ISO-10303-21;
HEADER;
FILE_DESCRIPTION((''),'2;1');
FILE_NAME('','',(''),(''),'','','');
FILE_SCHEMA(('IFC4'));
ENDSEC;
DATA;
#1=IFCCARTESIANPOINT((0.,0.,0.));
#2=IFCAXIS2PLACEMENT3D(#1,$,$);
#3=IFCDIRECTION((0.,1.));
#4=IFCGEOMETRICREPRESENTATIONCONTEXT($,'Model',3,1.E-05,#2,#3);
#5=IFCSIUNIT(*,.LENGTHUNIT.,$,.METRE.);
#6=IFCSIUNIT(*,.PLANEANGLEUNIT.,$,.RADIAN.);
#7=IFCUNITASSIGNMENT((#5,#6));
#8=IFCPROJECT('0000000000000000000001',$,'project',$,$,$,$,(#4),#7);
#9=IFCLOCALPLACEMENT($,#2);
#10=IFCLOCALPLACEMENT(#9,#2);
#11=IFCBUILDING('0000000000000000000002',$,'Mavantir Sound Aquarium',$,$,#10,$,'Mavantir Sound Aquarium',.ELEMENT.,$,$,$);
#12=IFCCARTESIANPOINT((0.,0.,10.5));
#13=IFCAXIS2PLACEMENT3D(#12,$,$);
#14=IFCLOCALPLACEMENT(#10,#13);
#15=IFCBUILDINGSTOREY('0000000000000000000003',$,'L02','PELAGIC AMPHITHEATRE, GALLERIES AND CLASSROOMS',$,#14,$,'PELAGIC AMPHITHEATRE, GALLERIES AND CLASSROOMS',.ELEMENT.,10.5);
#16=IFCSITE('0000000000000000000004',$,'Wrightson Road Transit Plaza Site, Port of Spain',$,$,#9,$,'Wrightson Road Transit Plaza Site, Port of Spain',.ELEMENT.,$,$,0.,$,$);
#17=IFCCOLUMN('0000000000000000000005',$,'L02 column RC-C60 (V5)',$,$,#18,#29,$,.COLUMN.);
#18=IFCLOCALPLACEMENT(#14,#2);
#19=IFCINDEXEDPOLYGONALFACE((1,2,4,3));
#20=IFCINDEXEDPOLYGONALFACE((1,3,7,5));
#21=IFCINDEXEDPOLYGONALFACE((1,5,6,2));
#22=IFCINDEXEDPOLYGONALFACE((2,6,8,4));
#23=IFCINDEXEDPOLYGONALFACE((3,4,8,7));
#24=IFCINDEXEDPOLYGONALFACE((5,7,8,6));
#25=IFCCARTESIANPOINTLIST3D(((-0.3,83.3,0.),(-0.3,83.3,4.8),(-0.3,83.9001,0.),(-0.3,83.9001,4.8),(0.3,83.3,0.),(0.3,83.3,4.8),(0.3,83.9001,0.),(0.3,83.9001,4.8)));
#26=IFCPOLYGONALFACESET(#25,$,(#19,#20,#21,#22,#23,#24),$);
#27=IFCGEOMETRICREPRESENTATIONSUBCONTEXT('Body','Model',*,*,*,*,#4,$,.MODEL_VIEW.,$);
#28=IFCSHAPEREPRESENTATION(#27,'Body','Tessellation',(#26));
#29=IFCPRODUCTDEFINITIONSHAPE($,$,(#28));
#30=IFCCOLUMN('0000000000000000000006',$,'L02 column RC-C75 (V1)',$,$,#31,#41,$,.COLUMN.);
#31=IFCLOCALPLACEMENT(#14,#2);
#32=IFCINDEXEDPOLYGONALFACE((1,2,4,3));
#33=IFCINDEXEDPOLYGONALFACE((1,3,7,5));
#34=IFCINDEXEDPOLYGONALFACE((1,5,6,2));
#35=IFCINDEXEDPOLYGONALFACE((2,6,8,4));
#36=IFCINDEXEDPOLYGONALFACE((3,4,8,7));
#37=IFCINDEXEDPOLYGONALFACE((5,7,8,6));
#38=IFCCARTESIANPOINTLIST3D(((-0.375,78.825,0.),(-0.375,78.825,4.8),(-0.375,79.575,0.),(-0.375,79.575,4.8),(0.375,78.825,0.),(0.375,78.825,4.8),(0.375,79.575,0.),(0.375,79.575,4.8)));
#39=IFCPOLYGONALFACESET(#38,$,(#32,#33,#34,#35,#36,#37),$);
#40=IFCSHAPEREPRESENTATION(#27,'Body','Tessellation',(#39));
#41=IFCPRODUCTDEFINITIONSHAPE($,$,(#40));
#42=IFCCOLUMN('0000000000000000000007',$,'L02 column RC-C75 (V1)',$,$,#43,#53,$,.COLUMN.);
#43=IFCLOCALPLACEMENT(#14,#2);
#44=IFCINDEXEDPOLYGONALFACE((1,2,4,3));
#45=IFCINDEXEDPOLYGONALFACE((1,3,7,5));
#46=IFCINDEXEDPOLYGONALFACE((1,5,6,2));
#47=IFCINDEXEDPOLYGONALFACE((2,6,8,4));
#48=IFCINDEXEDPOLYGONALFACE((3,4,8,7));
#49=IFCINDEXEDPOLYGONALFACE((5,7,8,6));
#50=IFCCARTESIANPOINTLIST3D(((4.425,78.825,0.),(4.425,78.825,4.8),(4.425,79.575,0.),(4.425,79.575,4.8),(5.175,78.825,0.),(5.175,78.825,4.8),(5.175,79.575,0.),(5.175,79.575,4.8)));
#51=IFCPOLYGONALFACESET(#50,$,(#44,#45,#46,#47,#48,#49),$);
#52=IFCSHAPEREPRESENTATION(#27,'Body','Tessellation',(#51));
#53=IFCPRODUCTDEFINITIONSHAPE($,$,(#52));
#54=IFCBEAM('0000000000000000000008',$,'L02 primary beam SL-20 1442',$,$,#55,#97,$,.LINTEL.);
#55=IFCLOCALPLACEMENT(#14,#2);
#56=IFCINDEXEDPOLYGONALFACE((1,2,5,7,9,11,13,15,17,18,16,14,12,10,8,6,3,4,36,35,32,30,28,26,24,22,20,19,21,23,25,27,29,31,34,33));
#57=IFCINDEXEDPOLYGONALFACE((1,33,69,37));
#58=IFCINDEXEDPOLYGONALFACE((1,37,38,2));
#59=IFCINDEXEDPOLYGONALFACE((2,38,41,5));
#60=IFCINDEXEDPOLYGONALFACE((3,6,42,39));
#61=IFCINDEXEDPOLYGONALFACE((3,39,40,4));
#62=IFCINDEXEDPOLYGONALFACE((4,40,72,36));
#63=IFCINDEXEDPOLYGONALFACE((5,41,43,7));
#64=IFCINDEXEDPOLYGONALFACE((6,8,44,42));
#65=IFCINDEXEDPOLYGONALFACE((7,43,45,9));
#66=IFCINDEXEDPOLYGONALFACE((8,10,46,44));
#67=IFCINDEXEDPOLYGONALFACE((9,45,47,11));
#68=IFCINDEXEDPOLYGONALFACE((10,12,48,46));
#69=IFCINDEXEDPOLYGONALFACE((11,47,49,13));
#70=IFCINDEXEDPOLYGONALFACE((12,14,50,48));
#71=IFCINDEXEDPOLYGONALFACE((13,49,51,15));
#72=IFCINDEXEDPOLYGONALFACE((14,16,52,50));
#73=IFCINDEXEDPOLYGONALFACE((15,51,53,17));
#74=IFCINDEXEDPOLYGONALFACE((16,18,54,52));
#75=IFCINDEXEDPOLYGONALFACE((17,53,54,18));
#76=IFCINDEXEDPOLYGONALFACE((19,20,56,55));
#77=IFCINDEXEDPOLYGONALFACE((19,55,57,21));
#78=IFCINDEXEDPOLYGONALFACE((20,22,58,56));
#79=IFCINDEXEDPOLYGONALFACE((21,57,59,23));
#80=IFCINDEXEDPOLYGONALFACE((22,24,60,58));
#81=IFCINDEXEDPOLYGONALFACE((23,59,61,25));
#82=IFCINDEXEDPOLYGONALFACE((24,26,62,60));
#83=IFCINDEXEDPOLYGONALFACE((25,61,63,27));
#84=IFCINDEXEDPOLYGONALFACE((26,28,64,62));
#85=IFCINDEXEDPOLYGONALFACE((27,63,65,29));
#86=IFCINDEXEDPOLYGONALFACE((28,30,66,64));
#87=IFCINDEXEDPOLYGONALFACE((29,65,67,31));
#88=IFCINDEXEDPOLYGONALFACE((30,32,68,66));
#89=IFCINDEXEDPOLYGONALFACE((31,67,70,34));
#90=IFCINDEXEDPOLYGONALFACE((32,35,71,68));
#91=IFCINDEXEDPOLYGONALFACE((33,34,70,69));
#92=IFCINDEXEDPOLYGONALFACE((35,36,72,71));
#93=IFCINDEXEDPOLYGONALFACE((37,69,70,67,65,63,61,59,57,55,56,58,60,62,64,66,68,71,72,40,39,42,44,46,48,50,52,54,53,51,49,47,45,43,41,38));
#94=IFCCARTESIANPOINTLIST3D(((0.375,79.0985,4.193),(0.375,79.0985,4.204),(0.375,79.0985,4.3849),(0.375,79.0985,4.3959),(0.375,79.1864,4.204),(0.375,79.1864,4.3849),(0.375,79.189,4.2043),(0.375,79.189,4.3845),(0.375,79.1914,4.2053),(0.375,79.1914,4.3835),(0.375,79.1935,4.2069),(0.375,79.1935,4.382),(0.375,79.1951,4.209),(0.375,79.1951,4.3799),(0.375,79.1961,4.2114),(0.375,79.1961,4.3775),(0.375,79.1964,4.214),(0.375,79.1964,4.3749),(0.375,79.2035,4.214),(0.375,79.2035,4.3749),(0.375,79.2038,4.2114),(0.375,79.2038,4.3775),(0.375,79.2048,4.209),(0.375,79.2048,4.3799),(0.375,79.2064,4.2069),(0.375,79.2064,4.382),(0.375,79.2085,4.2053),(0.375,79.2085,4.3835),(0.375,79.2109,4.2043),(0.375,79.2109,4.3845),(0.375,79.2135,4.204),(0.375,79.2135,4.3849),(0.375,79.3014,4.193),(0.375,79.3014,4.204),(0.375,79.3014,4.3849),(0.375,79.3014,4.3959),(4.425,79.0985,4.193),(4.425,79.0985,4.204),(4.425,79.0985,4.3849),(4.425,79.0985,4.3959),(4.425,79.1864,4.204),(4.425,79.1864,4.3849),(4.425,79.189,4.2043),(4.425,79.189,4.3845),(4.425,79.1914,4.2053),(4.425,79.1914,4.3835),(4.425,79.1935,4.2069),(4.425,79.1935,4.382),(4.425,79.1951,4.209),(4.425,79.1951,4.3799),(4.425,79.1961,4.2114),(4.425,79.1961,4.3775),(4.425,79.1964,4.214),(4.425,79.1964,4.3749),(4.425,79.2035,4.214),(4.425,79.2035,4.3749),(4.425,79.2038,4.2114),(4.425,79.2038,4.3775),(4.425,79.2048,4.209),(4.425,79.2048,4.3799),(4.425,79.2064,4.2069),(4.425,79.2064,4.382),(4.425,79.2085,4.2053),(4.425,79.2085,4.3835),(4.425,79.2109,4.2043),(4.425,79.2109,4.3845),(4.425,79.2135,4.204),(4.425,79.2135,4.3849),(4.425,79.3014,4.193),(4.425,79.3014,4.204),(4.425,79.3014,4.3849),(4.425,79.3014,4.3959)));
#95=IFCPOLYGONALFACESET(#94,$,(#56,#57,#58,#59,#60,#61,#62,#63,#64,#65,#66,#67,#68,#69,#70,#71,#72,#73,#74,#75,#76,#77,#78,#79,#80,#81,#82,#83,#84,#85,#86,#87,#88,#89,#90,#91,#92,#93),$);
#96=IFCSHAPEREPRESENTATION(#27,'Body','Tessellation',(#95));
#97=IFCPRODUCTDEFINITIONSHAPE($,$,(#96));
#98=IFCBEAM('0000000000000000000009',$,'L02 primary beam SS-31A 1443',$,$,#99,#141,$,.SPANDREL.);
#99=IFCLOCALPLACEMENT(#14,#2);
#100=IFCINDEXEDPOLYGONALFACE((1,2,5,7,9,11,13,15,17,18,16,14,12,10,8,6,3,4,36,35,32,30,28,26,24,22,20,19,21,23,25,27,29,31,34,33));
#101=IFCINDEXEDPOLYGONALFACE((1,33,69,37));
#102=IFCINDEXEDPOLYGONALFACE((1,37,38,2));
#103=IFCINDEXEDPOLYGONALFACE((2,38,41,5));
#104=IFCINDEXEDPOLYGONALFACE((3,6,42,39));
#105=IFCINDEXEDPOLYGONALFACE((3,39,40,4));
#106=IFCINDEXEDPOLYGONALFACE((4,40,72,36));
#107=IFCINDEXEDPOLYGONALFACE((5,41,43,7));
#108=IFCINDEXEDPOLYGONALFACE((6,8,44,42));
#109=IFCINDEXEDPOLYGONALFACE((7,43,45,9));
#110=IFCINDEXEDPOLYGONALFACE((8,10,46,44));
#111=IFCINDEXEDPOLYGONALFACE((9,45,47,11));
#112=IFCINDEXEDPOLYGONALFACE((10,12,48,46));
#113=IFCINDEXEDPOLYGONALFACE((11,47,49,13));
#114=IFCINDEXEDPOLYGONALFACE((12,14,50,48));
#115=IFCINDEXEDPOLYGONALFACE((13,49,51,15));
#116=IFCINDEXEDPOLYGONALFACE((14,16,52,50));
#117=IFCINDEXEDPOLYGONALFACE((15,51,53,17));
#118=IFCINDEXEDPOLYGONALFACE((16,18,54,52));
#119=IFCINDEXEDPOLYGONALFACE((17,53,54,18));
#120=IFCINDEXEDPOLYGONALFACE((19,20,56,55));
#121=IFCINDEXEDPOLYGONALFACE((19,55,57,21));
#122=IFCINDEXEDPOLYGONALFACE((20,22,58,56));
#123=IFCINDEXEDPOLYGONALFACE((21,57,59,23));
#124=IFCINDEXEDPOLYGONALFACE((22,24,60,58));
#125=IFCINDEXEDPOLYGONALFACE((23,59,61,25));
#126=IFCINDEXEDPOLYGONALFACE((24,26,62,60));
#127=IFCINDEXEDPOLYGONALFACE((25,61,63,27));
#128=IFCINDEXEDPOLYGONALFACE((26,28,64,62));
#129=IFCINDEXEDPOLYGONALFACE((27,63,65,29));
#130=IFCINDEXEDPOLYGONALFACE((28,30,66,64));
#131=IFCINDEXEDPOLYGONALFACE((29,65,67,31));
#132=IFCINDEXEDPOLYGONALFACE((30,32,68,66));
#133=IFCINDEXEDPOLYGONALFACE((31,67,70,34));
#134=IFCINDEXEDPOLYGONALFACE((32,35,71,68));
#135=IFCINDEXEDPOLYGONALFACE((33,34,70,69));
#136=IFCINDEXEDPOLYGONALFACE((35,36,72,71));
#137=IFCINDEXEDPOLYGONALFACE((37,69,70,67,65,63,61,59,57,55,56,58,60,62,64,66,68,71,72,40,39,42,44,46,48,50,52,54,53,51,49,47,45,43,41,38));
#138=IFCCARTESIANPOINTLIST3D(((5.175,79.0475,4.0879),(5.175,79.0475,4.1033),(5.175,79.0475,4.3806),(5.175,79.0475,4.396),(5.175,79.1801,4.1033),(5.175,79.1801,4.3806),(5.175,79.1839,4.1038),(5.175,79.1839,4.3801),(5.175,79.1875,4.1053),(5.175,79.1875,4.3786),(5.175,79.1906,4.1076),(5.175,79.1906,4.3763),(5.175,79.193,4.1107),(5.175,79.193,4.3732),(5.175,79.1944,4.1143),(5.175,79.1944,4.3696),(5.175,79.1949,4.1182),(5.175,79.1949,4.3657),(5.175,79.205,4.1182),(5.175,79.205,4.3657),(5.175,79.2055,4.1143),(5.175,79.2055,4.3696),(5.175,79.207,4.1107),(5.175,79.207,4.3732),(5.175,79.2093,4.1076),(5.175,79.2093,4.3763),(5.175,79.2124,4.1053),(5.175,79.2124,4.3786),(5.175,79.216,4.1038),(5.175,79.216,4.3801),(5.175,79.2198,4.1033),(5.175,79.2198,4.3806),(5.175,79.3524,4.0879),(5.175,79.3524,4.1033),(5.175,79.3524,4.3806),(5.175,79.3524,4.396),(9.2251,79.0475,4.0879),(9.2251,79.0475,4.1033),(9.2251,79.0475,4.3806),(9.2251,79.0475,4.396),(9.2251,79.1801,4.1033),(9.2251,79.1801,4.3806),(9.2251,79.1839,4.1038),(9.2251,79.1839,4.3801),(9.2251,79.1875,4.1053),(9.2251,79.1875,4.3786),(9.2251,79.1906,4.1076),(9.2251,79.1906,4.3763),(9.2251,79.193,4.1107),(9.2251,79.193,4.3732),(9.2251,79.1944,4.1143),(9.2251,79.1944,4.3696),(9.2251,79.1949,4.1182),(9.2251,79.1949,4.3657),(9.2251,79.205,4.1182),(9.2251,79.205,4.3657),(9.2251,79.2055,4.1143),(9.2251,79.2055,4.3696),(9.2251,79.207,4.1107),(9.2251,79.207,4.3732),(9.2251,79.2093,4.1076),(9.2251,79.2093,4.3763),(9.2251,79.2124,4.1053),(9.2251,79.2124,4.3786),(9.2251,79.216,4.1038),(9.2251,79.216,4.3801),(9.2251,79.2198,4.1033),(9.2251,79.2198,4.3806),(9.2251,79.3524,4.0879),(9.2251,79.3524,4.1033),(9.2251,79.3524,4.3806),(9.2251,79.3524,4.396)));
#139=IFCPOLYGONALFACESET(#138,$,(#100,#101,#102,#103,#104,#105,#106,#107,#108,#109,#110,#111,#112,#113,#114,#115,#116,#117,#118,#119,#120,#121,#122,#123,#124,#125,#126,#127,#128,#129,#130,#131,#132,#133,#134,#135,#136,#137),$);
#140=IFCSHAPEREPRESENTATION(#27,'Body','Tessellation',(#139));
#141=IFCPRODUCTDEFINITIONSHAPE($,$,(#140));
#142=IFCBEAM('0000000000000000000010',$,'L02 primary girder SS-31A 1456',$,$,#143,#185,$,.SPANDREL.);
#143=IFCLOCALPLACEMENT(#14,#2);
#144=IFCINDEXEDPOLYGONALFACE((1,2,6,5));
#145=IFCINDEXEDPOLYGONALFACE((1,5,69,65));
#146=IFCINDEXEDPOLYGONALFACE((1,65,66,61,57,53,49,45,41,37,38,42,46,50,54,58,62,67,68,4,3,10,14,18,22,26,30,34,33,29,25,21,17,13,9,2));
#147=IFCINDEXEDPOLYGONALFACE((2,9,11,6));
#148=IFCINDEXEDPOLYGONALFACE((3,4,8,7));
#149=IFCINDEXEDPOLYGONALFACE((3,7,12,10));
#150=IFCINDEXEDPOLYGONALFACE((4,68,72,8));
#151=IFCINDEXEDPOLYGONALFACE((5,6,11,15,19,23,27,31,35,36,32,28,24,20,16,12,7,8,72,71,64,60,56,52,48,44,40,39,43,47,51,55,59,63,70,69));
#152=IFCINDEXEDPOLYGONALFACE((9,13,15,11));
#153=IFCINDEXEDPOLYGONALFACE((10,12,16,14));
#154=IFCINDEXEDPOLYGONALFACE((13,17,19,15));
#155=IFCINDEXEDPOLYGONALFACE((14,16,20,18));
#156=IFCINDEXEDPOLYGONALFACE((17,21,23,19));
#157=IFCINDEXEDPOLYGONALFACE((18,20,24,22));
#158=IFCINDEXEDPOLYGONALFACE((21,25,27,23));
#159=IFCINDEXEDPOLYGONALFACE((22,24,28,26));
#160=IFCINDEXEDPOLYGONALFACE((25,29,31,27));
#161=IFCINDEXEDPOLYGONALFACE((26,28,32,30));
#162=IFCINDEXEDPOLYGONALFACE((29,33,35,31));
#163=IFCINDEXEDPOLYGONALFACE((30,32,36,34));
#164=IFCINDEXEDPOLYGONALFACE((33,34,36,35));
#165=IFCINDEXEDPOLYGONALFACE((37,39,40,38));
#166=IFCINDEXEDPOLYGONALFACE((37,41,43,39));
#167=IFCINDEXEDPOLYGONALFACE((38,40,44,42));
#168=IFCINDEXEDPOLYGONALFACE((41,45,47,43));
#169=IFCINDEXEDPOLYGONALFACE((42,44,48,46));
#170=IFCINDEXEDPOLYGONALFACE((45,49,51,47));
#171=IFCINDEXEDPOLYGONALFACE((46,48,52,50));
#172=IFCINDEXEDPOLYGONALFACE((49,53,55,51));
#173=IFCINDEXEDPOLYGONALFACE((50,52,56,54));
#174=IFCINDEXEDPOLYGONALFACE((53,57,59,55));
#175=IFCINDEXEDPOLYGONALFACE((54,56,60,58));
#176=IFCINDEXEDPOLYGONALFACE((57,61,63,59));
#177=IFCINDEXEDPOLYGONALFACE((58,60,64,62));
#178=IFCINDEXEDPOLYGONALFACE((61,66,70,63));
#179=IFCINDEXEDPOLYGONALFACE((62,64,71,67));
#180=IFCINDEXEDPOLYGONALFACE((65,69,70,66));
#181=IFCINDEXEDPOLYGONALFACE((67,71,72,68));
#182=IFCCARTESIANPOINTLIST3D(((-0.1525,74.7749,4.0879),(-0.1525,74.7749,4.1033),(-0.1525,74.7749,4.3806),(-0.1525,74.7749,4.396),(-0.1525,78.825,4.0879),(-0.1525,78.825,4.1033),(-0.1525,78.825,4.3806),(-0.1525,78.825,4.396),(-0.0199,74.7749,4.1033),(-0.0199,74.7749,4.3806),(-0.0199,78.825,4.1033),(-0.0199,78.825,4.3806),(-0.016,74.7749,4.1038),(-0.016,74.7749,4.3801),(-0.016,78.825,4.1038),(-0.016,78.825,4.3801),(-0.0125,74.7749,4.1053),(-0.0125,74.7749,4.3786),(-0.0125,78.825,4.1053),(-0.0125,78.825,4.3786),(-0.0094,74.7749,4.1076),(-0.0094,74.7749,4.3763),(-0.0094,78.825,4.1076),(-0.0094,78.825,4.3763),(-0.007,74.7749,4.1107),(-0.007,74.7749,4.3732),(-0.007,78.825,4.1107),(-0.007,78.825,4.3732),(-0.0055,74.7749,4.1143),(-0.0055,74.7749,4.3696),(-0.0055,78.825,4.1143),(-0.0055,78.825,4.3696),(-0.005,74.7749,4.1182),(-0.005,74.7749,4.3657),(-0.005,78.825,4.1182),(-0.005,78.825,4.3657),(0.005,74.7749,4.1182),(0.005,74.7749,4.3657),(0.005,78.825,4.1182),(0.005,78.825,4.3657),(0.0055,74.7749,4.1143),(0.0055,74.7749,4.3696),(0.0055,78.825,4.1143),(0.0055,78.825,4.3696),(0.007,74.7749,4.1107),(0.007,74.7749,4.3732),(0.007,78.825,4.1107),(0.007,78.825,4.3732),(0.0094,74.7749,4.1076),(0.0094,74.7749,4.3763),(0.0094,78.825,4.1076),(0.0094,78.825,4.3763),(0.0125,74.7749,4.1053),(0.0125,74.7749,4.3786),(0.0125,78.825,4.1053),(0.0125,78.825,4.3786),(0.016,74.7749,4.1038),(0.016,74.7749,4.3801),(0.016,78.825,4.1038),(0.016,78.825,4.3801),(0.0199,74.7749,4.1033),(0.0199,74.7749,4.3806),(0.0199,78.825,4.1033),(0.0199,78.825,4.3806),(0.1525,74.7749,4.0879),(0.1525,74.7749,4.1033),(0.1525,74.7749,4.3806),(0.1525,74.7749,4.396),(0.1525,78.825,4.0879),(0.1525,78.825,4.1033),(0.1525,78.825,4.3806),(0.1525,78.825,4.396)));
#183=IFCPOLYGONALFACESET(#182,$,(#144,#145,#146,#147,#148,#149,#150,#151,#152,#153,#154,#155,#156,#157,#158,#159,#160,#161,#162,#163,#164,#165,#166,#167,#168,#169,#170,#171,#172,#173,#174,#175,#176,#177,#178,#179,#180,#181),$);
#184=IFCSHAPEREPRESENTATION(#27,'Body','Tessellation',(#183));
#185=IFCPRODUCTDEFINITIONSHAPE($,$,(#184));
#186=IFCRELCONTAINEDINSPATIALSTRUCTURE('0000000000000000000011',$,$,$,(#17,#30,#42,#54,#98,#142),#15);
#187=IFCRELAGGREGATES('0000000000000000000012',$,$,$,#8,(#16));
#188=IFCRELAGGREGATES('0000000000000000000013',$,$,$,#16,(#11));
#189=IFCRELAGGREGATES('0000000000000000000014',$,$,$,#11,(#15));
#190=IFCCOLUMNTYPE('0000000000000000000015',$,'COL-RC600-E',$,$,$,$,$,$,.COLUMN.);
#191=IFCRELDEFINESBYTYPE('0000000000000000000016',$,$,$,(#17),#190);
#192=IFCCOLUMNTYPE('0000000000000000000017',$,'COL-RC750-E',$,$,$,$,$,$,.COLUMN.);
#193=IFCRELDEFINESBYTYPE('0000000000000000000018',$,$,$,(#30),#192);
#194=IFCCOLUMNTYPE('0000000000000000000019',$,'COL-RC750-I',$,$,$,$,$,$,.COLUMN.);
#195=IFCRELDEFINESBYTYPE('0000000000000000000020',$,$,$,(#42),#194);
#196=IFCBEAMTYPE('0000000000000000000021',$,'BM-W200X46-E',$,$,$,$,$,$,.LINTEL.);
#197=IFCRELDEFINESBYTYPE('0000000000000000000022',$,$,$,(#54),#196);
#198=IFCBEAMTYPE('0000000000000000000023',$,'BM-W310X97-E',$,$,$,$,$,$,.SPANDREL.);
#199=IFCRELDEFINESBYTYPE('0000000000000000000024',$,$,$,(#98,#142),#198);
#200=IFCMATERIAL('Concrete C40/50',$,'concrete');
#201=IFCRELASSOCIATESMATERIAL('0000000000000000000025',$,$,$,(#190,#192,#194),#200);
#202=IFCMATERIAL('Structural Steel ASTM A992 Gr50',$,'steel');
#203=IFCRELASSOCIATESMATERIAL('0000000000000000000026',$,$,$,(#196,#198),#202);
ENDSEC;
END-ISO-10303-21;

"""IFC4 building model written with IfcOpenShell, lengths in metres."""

from ifc_helpers import new_model, si_unit, direction, frame, origin, origin_2d, place, context, subcontext, project, spatial, rectangle, i_section, extrude, material, material_profile, profile_set, type_object, element, save


model = new_model("IFC4")

# Units and contexts
model_context = context("Model", 3, precision=1e-05, world=origin(), true_north=direction((0.0, 1.0)))
body_context = subcontext(model_context, "Body", "Model", "MODEL_VIEW")
ifc_project = project(units=[si_unit("LENGTHUNIT", "METRE"), si_unit("PLANEANGLEUNIT", "RADIAN")], contexts=[model_context])

# Site, building, storey
site_placement = place(None, origin())
site = spatial("IfcSite", under=ifc_project, at=site_placement, Name="Wrightson Road Transit Plaza Site, Port of Spain", LongName="Wrightson Road Transit Plaza Site, Port of Spain", CompositionType="ELEMENT", RefElevation=0.0)
building_placement = place(site_placement, origin())
building = spatial("IfcBuilding", under=site, at=building_placement, Name="Mavantir Sound Aquarium", LongName="Mavantir Sound Aquarium", CompositionType="ELEMENT")
storey_placement = place(building_placement, frame((0.0, 0.0, 10.5)))
storey = spatial("IfcBuildingStorey", under=building, at=storey_placement, Name="L02", Description="PELAGIC AMPHITHEATRE, GALLERIES AND CLASSROOMS", LongName="PELAGIC AMPHITHEATRE, GALLERIES AND CLASSROOMS", CompositionType="ELEMENT", Elevation=10.5)

# Columns
ifc_material_1 = material(Name="Concrete C40/50", Category="concrete")
ifc_material_profile_1 = material_profile(ifc_material_1, rectangle(XDim=0.6001, YDim=0.6001, at=origin_2d()), Name="RC 600X600")
ifc_profile_set_1 = profile_set([ifc_material_profile_1], Name="Concrete C40/50")
column_type_1 = type_object("IfcColumnType", Name="COL-RC600-E", PredefinedType="COLUMN", material=ifc_profile_set_1)
column_1_placement = place(storey_placement, frame((0.0, 83.6001, 0.0), z_axis=(0.0, 0.0, 1.0), x_axis=(1.0, 0.0, 0.0)))
element("IfcColumn", 1, at=column_1_placement, inside=storey, type_object=column_type_1, Name="L02 column RC-C60 (V5)", PredefinedType="COLUMN", context=body_context, shape_type="SweptSolid", body=[
    extrude(rectangle(XDim=0.6001, YDim=0.6001, at=origin_2d()), origin(), (0.0, 0.0, 1.0), 4.8),
])
ifc_material_profile_2 = material_profile(ifc_material_1, rectangle(XDim=0.75, YDim=0.75, at=origin_2d()), Name="RC 750X750")
ifc_profile_set_2 = profile_set([ifc_material_profile_2], Name="Concrete C40/50")
column_type_2 = type_object("IfcColumnType", Name="COL-RC750-E", PredefinedType="COLUMN", material=ifc_profile_set_2)
column_2_placement = place(storey_placement, frame((0.0, 79.2, 0.0), z_axis=(0.0, 0.0, 1.0), x_axis=(1.0, 0.0, 0.0)))
element("IfcColumn", 2, at=column_2_placement, inside=storey, type_object=column_type_2, Name="L02 column RC-C75 (V1)", PredefinedType="COLUMN", context=body_context, shape_type="SweptSolid", body=[
    extrude(rectangle(XDim=0.75, YDim=0.75, at=origin_2d()), origin(), (0.0, 0.0, 1.0), 4.8),
])
ifc_material_profile_3 = material_profile(ifc_material_1, rectangle(XDim=0.75, YDim=0.75, at=origin_2d()), Name="RC 750X750")
ifc_profile_set_3 = profile_set([ifc_material_profile_3], Name="Concrete C40/50")
column_type_3 = type_object("IfcColumnType", Name="COL-RC750-I", PredefinedType="COLUMN", material=ifc_profile_set_3)
column_3_placement = place(storey_placement, frame((4.8, 79.2, 0.0), z_axis=(0.0, 0.0, 1.0), x_axis=(1.0, 0.0, 0.0)))
element("IfcColumn", 3, at=column_3_placement, inside=storey, type_object=column_type_3, Name="L02 column RC-C75 (V1)", PredefinedType="COLUMN", context=body_context, shape_type="SweptSolid", body=[
    extrude(rectangle(XDim=0.75, YDim=0.75, at=origin_2d()), origin(), (0.0, 0.0, 1.0), 4.8),
])

# Beams
ifc_material_2 = material(Name="Structural Steel ASTM A992 Gr50", Category="steel")
ifc_material_profile_4 = material_profile(ifc_material_2, i_section(OverallWidth=0.2029, OverallDepth=0.2029, WebThickness=0.0071, FlangeThickness=0.011, FilletRadius=0.01, at=origin_2d()), Name="W200X46")
ifc_profile_set_4 = profile_set([ifc_material_profile_4], Name="Structural Steel ASTM A992 Gr50")
beam_type_1 = type_object("IfcBeamType", Name="BM-W200X46-E", PredefinedType="LINTEL", material=ifc_profile_set_4)
beam_1_placement = place(storey_placement, frame((0.375, 79.2, 4.2944), z_axis=(1.0, 0.0, 0.0), x_axis=(0.0, 1.0, 0.0)))
element("IfcBeam", 4, at=beam_1_placement, inside=storey, type_object=beam_type_1, Name="L02 primary beam SL-20 1442", PredefinedType="LINTEL", context=body_context, shape_type="SweptSolid", body=[
    extrude(i_section(OverallWidth=0.2029, OverallDepth=0.2029, WebThickness=0.0071, FlangeThickness=0.011, FilletRadius=0.01, at=origin_2d()), origin(), (0.0, 0.0, 1.0), 4.05),
])
ifc_material_profile_5 = material_profile(ifc_material_2, i_section(OverallWidth=0.3049, OverallDepth=0.3081, WebThickness=0.01, FlangeThickness=0.0154, FilletRadius=0.0149, at=origin_2d()), Name="W310X97")
ifc_profile_set_5 = profile_set([ifc_material_profile_5], Name="Structural Steel ASTM A992 Gr50")
beam_type_2 = type_object("IfcBeamType", Name="BM-W310X97-E", PredefinedType="SPANDREL", material=ifc_profile_set_5)
for number, where, z_axis, x_axis, name in (
    (5, (5.175, 79.2, 4.2419), (1.0, 0.0, 0.0), (0.0, 1.0, 0.0), "L02 primary beam SS-31A 1443"),
    (6, (0.0, 74.7749, 4.2419), (0.0, 1.0, 0.0), (-1.0, 0.0, 0.0), "L02 primary girder SS-31A 1456"),
):
    element("IfcBeam", number, at=place(storey_placement, frame(where, z_axis=z_axis, x_axis=x_axis)), inside=storey, type_object=beam_type_2, Name=name, PredefinedType="SPANDREL", context=body_context, shape_type="SweptSolid", body=[
        extrude(i_section(OverallWidth=0.3049, OverallDepth=0.3081, WebThickness=0.01, FlangeThickness=0.0154, FilletRadius=0.0149, at=origin_2d()), origin(), (0.0, 0.0, 1.0), 4.05),
    ])

save(model, "model.ifc")
